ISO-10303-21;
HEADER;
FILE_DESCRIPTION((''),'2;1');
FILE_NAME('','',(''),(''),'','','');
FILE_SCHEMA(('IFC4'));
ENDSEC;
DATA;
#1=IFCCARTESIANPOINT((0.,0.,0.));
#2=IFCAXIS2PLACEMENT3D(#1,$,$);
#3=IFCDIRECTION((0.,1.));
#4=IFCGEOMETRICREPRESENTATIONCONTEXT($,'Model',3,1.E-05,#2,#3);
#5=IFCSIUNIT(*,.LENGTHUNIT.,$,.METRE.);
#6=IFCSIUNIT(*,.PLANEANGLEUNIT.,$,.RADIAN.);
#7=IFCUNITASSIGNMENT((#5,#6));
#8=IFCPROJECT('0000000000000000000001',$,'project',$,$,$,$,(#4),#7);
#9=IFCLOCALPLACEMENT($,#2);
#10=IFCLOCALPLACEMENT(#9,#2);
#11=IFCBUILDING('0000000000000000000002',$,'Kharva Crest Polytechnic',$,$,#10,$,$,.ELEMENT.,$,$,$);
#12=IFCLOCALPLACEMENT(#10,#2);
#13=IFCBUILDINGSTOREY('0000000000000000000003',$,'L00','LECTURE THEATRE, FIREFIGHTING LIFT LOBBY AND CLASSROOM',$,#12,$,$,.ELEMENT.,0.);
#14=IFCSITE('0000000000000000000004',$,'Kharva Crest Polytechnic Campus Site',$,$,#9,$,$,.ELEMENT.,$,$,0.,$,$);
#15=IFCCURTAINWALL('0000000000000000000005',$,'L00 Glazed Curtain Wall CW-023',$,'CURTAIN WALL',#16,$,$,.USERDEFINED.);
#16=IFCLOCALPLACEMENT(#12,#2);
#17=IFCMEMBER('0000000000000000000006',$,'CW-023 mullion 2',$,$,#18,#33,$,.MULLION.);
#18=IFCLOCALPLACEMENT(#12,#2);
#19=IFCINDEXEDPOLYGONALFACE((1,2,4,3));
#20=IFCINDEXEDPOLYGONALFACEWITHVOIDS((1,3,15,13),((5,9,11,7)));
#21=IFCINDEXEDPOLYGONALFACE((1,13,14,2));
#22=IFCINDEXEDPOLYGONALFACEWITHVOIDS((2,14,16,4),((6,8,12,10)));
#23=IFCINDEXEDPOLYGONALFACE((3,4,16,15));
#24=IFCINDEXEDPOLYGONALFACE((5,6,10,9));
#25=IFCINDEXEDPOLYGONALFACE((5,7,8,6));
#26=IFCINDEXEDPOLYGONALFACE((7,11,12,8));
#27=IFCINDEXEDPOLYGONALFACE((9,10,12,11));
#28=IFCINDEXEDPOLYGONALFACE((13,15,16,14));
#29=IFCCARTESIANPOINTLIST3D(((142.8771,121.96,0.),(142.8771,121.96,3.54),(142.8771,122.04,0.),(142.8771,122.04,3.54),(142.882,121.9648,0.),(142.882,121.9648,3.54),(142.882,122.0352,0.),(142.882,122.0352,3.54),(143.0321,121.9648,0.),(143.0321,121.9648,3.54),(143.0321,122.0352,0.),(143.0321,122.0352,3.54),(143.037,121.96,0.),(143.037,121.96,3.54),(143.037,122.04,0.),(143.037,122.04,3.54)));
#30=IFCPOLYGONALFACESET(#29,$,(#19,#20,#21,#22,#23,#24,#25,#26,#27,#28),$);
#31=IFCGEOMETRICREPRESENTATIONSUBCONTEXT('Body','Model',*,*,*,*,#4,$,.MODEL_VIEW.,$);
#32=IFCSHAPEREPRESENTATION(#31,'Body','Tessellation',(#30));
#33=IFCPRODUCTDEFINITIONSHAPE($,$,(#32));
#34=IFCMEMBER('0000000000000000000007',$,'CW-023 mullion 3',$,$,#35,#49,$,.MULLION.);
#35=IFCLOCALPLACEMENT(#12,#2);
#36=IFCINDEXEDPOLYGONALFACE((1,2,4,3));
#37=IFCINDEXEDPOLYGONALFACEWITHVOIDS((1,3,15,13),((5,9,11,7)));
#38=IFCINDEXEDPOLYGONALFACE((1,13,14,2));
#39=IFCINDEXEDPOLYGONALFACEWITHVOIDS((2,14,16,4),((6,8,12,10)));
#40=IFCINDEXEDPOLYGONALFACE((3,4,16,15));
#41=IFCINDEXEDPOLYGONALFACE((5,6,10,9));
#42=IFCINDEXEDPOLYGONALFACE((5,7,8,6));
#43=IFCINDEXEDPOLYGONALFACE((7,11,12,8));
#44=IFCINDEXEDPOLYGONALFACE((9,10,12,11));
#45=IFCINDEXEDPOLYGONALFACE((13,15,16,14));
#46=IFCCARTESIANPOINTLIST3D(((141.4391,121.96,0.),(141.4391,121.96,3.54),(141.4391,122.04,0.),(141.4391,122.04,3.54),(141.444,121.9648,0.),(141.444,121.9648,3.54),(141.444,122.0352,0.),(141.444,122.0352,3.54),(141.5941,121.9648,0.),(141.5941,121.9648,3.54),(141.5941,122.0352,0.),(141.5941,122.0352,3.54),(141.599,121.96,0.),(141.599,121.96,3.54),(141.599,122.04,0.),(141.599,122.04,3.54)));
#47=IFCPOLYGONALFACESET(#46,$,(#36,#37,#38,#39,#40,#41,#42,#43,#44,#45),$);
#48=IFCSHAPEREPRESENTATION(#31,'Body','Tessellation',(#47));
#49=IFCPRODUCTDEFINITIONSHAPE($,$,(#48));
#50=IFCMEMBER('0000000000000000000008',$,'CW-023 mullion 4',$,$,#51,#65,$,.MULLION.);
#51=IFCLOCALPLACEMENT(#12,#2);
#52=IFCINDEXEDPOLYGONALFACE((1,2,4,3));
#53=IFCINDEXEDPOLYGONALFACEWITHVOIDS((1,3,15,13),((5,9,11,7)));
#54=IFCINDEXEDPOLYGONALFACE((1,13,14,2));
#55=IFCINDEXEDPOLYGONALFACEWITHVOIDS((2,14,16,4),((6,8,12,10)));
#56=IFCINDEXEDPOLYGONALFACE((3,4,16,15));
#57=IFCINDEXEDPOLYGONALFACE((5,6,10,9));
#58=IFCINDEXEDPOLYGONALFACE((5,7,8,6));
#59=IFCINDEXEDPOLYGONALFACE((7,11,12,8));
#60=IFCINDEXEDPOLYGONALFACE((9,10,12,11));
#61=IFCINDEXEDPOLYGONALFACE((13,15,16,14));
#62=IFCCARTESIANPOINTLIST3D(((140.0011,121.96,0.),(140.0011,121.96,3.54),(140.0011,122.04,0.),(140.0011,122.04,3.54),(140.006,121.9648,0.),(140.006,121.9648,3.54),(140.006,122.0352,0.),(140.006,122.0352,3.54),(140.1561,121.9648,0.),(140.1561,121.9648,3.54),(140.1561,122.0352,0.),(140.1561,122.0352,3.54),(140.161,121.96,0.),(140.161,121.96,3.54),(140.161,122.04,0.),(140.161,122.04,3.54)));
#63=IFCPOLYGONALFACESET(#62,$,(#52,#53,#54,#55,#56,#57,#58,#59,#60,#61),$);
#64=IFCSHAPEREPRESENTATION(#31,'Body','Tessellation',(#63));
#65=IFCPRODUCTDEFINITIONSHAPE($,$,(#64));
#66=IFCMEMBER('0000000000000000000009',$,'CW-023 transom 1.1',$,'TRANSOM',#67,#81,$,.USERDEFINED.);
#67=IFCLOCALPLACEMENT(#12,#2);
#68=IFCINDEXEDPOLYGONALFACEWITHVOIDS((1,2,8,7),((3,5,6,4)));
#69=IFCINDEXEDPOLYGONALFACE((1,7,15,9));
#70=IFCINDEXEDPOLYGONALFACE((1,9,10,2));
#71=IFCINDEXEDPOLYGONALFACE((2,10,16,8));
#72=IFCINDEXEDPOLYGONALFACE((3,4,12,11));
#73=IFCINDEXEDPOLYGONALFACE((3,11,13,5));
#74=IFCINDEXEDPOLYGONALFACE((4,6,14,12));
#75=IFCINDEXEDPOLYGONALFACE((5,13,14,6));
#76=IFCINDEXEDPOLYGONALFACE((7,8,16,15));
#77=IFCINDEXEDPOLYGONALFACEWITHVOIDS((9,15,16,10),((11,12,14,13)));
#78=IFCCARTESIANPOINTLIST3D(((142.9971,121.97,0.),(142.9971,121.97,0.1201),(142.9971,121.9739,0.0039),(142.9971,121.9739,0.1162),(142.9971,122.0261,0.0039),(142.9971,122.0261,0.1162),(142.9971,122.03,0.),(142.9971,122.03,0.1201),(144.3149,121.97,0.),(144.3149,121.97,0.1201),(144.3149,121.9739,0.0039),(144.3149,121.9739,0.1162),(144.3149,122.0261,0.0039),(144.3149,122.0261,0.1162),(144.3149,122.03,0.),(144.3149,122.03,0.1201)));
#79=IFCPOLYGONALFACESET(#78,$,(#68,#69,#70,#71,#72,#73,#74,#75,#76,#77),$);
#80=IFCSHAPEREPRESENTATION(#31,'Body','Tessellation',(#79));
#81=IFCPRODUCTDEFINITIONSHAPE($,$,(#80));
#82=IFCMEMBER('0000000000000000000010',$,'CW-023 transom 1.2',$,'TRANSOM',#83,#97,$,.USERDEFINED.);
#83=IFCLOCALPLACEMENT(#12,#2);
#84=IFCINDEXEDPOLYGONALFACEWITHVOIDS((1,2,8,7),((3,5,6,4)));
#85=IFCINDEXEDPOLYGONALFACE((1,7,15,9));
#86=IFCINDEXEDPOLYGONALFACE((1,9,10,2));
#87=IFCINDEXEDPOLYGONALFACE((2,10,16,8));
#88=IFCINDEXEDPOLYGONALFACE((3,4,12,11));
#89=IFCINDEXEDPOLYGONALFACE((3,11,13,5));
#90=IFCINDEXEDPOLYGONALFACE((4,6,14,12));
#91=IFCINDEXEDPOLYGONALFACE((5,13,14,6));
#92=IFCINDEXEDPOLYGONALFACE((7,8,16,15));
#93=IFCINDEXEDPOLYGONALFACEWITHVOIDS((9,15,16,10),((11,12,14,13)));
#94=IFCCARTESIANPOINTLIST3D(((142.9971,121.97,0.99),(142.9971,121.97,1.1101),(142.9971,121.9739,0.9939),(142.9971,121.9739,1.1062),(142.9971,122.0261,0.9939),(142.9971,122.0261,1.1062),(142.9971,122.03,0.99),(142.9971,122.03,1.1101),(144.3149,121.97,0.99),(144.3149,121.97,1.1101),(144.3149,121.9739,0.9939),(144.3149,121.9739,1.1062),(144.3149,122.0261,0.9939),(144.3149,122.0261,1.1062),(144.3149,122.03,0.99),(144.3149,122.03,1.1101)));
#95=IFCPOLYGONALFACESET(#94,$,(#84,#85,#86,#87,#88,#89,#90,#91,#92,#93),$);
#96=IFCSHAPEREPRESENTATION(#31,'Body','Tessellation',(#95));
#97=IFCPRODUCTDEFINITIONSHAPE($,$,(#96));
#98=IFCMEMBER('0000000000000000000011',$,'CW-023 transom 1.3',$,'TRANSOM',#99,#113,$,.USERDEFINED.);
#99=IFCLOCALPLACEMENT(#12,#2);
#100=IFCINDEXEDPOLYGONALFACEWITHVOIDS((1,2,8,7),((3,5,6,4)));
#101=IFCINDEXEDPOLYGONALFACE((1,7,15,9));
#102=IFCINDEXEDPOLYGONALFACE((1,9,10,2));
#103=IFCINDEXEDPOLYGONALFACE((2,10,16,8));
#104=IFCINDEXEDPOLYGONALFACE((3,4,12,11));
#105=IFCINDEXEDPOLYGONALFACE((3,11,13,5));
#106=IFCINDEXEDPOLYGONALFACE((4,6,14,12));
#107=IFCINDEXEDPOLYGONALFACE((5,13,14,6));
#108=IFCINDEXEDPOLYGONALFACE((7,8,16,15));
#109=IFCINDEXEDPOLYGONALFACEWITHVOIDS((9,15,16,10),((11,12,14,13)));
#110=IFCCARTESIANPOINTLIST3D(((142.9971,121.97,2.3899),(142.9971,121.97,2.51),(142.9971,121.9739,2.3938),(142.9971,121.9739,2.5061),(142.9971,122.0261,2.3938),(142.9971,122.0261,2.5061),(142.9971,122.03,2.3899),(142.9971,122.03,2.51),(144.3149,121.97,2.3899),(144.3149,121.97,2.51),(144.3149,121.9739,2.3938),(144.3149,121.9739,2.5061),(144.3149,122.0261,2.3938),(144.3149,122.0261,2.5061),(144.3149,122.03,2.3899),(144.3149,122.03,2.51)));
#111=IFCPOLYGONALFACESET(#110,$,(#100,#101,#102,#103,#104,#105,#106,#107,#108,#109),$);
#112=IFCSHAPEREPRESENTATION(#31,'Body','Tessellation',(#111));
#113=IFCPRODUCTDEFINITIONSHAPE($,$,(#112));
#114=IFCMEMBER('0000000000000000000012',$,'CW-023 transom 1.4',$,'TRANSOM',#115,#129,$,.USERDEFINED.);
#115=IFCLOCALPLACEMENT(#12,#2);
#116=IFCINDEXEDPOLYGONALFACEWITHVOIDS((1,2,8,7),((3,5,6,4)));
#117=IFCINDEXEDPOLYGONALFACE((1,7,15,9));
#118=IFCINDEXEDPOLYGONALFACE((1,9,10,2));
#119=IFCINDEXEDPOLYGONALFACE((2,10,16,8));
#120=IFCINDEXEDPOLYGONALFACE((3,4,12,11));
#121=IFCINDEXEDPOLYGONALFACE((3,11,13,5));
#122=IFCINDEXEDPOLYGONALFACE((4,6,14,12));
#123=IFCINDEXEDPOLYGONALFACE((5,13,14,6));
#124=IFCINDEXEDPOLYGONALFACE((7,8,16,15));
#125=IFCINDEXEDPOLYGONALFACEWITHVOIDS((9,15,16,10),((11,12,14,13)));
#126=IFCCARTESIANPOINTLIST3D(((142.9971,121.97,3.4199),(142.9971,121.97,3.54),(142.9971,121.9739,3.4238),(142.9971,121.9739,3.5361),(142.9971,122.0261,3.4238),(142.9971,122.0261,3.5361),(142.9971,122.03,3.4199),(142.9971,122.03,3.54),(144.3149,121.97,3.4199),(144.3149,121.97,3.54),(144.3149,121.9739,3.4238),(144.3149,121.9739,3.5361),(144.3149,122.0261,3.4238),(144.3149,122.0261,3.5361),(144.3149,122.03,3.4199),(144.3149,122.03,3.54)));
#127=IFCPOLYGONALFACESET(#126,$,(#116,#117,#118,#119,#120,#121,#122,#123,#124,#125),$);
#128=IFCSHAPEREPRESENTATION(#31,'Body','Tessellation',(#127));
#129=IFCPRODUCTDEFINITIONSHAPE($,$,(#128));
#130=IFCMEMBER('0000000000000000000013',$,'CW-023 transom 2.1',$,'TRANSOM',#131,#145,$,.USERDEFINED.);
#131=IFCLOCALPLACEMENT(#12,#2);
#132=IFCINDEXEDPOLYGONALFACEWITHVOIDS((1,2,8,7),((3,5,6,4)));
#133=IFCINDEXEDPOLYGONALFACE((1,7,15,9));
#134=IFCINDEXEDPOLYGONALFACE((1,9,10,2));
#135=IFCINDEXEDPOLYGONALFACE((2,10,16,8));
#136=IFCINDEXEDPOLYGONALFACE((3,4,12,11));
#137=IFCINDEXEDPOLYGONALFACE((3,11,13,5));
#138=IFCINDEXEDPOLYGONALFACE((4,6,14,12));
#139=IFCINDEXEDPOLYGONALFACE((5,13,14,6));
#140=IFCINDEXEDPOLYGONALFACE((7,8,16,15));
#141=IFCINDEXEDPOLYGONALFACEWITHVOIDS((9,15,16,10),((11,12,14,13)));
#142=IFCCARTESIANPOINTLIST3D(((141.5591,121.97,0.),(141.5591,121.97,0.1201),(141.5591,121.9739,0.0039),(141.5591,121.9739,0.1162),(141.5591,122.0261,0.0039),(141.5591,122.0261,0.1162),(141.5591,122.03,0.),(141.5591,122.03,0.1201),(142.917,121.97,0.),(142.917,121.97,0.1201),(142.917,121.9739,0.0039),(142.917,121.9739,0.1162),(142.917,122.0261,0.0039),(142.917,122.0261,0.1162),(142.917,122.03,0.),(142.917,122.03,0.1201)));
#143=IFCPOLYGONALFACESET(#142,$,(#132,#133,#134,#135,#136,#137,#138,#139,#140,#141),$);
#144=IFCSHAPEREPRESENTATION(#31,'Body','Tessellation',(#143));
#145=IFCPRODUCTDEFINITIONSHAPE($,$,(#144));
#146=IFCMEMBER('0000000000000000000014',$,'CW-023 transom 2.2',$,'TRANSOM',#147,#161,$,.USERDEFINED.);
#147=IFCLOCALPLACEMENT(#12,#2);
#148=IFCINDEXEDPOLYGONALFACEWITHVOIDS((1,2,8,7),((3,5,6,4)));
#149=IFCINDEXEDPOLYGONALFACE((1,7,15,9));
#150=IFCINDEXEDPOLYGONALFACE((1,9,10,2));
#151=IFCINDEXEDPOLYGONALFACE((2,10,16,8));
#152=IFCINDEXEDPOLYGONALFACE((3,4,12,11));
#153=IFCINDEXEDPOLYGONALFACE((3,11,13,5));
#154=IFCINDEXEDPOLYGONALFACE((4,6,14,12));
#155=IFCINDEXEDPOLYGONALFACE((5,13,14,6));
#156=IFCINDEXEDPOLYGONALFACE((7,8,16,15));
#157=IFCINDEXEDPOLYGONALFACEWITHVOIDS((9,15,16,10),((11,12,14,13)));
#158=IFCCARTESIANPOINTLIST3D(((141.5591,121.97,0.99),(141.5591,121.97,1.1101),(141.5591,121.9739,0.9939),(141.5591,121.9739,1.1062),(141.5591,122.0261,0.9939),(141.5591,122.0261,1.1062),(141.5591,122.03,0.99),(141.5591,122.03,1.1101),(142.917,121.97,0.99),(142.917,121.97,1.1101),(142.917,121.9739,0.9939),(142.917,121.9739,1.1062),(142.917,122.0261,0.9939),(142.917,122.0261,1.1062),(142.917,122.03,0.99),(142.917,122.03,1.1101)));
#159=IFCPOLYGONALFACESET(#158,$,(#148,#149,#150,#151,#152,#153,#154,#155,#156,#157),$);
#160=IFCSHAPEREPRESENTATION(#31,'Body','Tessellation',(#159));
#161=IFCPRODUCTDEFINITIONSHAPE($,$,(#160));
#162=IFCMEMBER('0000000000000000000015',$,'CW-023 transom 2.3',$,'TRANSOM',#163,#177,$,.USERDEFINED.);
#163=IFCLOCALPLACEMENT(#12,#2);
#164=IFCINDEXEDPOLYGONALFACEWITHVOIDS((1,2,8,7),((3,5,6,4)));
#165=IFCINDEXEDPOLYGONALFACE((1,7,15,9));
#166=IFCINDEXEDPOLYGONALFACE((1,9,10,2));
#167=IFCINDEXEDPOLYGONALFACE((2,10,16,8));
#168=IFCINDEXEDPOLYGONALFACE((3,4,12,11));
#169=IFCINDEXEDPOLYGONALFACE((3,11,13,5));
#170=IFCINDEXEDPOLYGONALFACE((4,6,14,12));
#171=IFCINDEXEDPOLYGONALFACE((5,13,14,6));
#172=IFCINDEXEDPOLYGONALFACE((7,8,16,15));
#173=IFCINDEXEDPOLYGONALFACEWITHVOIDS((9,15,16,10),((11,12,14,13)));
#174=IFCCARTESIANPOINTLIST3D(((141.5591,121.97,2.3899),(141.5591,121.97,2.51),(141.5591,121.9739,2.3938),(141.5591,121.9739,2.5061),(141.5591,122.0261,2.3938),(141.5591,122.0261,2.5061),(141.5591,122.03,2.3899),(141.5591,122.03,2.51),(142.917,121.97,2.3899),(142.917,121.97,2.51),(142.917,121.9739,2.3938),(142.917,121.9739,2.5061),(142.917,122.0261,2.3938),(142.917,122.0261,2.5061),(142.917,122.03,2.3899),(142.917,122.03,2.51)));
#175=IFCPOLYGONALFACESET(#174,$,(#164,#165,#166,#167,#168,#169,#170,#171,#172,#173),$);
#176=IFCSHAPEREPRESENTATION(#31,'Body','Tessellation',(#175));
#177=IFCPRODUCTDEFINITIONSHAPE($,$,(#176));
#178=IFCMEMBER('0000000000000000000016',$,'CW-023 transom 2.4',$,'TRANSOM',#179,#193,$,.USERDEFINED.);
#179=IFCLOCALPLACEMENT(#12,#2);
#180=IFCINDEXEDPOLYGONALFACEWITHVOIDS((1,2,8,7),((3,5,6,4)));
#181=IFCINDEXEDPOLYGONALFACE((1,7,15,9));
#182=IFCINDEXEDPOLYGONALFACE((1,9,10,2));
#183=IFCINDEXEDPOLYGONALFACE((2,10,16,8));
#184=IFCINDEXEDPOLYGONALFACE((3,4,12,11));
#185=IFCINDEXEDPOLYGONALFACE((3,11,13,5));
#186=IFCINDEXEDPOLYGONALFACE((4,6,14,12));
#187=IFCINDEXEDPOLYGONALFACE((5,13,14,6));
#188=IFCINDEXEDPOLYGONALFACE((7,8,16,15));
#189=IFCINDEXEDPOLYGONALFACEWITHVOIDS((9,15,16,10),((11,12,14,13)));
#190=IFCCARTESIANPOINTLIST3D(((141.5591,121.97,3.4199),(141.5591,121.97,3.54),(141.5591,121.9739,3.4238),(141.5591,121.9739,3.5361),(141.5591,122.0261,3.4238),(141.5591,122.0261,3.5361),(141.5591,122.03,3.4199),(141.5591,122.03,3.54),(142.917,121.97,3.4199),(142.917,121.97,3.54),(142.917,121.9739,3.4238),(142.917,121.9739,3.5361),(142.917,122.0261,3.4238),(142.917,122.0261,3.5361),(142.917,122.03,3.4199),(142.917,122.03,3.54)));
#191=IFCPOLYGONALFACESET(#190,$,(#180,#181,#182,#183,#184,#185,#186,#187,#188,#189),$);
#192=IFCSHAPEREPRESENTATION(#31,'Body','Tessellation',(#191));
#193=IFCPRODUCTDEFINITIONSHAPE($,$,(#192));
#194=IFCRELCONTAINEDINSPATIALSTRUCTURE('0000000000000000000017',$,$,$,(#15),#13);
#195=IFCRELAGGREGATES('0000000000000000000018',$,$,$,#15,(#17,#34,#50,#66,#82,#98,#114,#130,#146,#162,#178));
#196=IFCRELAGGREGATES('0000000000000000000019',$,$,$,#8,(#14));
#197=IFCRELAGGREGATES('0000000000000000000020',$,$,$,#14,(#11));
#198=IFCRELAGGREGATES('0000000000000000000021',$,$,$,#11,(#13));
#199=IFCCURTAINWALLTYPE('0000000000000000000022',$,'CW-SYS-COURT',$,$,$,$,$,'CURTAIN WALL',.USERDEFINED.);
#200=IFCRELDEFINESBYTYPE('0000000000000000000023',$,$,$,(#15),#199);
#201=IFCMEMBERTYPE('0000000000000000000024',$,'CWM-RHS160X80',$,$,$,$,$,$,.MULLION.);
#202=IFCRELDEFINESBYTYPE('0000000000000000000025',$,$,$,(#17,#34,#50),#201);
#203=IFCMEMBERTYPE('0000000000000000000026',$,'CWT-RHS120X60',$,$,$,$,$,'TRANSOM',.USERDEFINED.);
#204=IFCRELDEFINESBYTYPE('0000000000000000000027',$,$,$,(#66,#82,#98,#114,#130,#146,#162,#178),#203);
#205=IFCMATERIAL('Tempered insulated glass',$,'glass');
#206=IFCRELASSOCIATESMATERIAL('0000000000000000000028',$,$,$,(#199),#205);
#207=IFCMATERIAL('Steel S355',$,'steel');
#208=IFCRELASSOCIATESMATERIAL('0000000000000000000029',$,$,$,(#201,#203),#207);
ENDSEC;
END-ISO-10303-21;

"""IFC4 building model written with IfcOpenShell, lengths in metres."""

from ifc_helpers import new_model, si_unit, direction, frame, origin, origin_2d, place, context, subcontext, project, spatial, hollow_rectangle, extrude, material, material_profile, profile_set, type_object, element, aggregate, save


model = new_model("IFC4")

# Units and contexts
model_context = context("Model", 3, precision=1e-05, world=origin(), true_north=direction((0.0, 1.0)))
body_context = subcontext(model_context, "Body", "Model", "MODEL_VIEW")
ifc_project = project(units=[si_unit("LENGTHUNIT", "METRE"), si_unit("PLANEANGLEUNIT", "RADIAN")], contexts=[model_context])

# Site, building, storey
site_placement = place(None, origin())
site = spatial("IfcSite", under=ifc_project, at=site_placement, Name="Kharva Crest Polytechnic Campus Site", CompositionType="ELEMENT", RefElevation=0.0)
building_placement = place(site_placement, origin())
building = spatial("IfcBuilding", under=site, at=building_placement, Name="Kharva Crest Polytechnic", CompositionType="ELEMENT")
storey_placement = place(building_placement, origin())
storey = spatial("IfcBuildingStorey", under=building, at=storey_placement, Name="L00", Description="LECTURE THEATRE, FIREFIGHTING LIFT LOBBY AND CLASSROOM", CompositionType="ELEMENT", Elevation=0.0)

# Curtain wall, members
ifc_material_1 = material(Name="Tempered insulated glass", Category="glass")
curtain_wall_type = type_object("IfcCurtainWallType", Name="CW-SYS-COURT", ElementType="CURTAIN WALL", PredefinedType="USERDEFINED", material=ifc_material_1)
curtain_wall_placement = place(storey_placement, origin())
curtain_wall = element("IfcCurtainWall", 1, at=curtain_wall_placement, inside=storey, type_object=curtain_wall_type, Name="L00 Glazed Curtain Wall CW-023", ObjectType="CURTAIN WALL", PredefinedType="USERDEFINED")
ifc_material_2 = material(Name="Steel S355", Category="steel")
ifc_material_profile_1 = material_profile(ifc_material_2, hollow_rectangle(XDim=0.0801, YDim=0.1599, WallThickness=0.0049, at=origin_2d()), Name="RHS 160X80X5.0")
ifc_profile_set_1 = profile_set([ifc_material_profile_1], Name="Steel S355")
member_type_1 = type_object("IfcMemberType", Name="CWM-RHS160X80", PredefinedType="MULLION", material=ifc_profile_set_1)
member_1_placement = place(storey_placement, frame((142.957, 122.0, 0.0), z_axis=(0.0, 0.0, 1.0), x_axis=(0.0, -1.0, 0.0)))
member_1 = element("IfcMember", 2, at=member_1_placement, type_object=member_type_1, Name="CW-023 mullion 2", PredefinedType="MULLION", context=body_context, shape_type="SweptSolid", body=[
    extrude(hollow_rectangle(XDim=0.0801, YDim=0.1599, WallThickness=0.0049, at=origin_2d()), origin(), (0.0, 0.0, 1.0), 3.54),
])
member_2_placement = place(storey_placement, frame((141.519, 122.0, 0.0), z_axis=(0.0, 0.0, 1.0), x_axis=(0.0, -1.0, 0.0)))
member_2 = element("IfcMember", 3, at=member_2_placement, type_object=member_type_1, Name="CW-023 mullion 3", PredefinedType="MULLION", context=body_context, shape_type="SweptSolid", body=[
    extrude(hollow_rectangle(XDim=0.0801, YDim=0.1599, WallThickness=0.0049, at=origin_2d()), origin(), (0.0, 0.0, 1.0), 3.54),
])
member_3_placement = place(storey_placement, frame((140.0811, 122.0, 0.0), z_axis=(0.0, 0.0, 1.0), x_axis=(0.0, -1.0, 0.0)))
member_3 = element("IfcMember", 4, at=member_3_placement, type_object=member_type_1, Name="CW-023 mullion 4", PredefinedType="MULLION", context=body_context, shape_type="SweptSolid", body=[
    extrude(hollow_rectangle(XDim=0.0801, YDim=0.1599, WallThickness=0.0049, at=origin_2d()), origin(), (0.0, 0.0, 1.0), 3.54),
])
ifc_material_profile_2 = material_profile(ifc_material_2, hollow_rectangle(XDim=0.0601, YDim=0.1201, WallThickness=0.0039, at=origin_2d()), Name="RHS 120X60X4.0")
ifc_profile_set_2 = profile_set([ifc_material_profile_2], Name="Steel S355")
member_type_2 = type_object("IfcMemberType", Name="CWT-RHS120X60", ElementType="TRANSOM", PredefinedType="USERDEFINED", material=ifc_profile_set_2)
member_4_placement = place(storey_placement, frame((144.3149, 122.0, 0.0601), z_axis=(-1.0, 0.0, 0.0), x_axis=(0.0, -1.0, 0.0)))
member_4 = element("IfcMember", 5, at=member_4_placement, type_object=member_type_2, Name="CW-023 transom 1.1", ObjectType="TRANSOM", PredefinedType="USERDEFINED", context=body_context, shape_type="SweptSolid", body=[
    extrude(hollow_rectangle(XDim=0.0601, YDim=0.1201, WallThickness=0.0039, at=origin_2d()), origin(), (0.0, 0.0, 1.0), 1.3179),
])
member_5_placement = place(storey_placement, frame((144.3149, 122.0, 1.05), z_axis=(-1.0, 0.0, 0.0), x_axis=(0.0, -1.0, 0.0)))
member_5 = element("IfcMember", 6, at=member_5_placement, type_object=member_type_2, Name="CW-023 transom 1.2", ObjectType="TRANSOM", PredefinedType="USERDEFINED", context=body_context, shape_type="SweptSolid", body=[
    extrude(hollow_rectangle(XDim=0.0601, YDim=0.1201, WallThickness=0.0039, at=origin_2d()), origin(), (0.0, 0.0, 1.0), 1.3179),
])
member_6_placement = place(storey_placement, frame((144.3149, 122.0, 2.45), z_axis=(-1.0, 0.0, 0.0), x_axis=(0.0, -1.0, 0.0)))
member_6 = element("IfcMember", 7, at=member_6_placement, type_object=member_type_2, Name="CW-023 transom 1.3", ObjectType="TRANSOM", PredefinedType="USERDEFINED", context=body_context, shape_type="SweptSolid", body=[
    extrude(hollow_rectangle(XDim=0.0601, YDim=0.1201, WallThickness=0.0039, at=origin_2d()), origin(), (0.0, 0.0, 1.0), 1.3179),
])
member_7_placement = place(storey_placement, frame((144.3149, 122.0, 3.48), z_axis=(-1.0, 0.0, 0.0), x_axis=(0.0, -1.0, 0.0)))
member_7 = element("IfcMember", 8, at=member_7_placement, type_object=member_type_2, Name="CW-023 transom 1.4", ObjectType="TRANSOM", PredefinedType="USERDEFINED", context=body_context, shape_type="SweptSolid", body=[
    extrude(hollow_rectangle(XDim=0.0601, YDim=0.1201, WallThickness=0.0039, at=origin_2d()), origin(), (0.0, 0.0, 1.0), 1.3179),
])
member_8_placement = place(storey_placement, frame((142.917, 122.0, 0.0601), z_axis=(-1.0, 0.0, 0.0), x_axis=(0.0, -1.0, 0.0)))
member_8 = element("IfcMember", 9, at=member_8_placement, type_object=member_type_2, Name="CW-023 transom 2.1", ObjectType="TRANSOM", PredefinedType="USERDEFINED", context=body_context, shape_type="SweptSolid", body=[
    extrude(hollow_rectangle(XDim=0.0601, YDim=0.1201, WallThickness=0.0039, at=origin_2d()), origin(), (0.0, 0.0, 1.0), 1.3579),
])
member_9_placement = place(storey_placement, frame((142.917, 122.0, 1.05), z_axis=(-1.0, 0.0, 0.0), x_axis=(0.0, -1.0, 0.0)))
member_9 = element("IfcMember", 10, at=member_9_placement, type_object=member_type_2, Name="CW-023 transom 2.2", ObjectType="TRANSOM", PredefinedType="USERDEFINED", context=body_context, shape_type="SweptSolid", body=[
    extrude(hollow_rectangle(XDim=0.0601, YDim=0.1201, WallThickness=0.0039, at=origin_2d()), origin(), (0.0, 0.0, 1.0), 1.3579),
])
member_10_placement = place(storey_placement, frame((142.917, 122.0, 2.45), z_axis=(-1.0, 0.0, 0.0), x_axis=(0.0, -1.0, 0.0)))
member_10 = element("IfcMember", 11, at=member_10_placement, type_object=member_type_2, Name="CW-023 transom 2.3", ObjectType="TRANSOM", PredefinedType="USERDEFINED", context=body_context, shape_type="SweptSolid", body=[
    extrude(hollow_rectangle(XDim=0.0601, YDim=0.1201, WallThickness=0.0039, at=origin_2d()), origin(), (0.0, 0.0, 1.0), 1.3579),
])
member_11_placement = place(storey_placement, frame((142.917, 122.0, 3.48), z_axis=(-1.0, 0.0, 0.0), x_axis=(0.0, -1.0, 0.0)))
member_11 = element("IfcMember", 12, at=member_11_placement, type_object=member_type_2, Name="CW-023 transom 2.4", ObjectType="TRANSOM", PredefinedType="USERDEFINED", context=body_context, shape_type="SweptSolid", body=[
    extrude(hollow_rectangle(XDim=0.0601, YDim=0.1201, WallThickness=0.0039, at=origin_2d()), origin(), (0.0, 0.0, 1.0), 1.3579),
])
aggregate(curtain_wall, [member_1, member_2, member_3, member_4, member_5, member_6, member_7, member_8, member_9, member_10, member_11])

save(model, "model.ifc")
